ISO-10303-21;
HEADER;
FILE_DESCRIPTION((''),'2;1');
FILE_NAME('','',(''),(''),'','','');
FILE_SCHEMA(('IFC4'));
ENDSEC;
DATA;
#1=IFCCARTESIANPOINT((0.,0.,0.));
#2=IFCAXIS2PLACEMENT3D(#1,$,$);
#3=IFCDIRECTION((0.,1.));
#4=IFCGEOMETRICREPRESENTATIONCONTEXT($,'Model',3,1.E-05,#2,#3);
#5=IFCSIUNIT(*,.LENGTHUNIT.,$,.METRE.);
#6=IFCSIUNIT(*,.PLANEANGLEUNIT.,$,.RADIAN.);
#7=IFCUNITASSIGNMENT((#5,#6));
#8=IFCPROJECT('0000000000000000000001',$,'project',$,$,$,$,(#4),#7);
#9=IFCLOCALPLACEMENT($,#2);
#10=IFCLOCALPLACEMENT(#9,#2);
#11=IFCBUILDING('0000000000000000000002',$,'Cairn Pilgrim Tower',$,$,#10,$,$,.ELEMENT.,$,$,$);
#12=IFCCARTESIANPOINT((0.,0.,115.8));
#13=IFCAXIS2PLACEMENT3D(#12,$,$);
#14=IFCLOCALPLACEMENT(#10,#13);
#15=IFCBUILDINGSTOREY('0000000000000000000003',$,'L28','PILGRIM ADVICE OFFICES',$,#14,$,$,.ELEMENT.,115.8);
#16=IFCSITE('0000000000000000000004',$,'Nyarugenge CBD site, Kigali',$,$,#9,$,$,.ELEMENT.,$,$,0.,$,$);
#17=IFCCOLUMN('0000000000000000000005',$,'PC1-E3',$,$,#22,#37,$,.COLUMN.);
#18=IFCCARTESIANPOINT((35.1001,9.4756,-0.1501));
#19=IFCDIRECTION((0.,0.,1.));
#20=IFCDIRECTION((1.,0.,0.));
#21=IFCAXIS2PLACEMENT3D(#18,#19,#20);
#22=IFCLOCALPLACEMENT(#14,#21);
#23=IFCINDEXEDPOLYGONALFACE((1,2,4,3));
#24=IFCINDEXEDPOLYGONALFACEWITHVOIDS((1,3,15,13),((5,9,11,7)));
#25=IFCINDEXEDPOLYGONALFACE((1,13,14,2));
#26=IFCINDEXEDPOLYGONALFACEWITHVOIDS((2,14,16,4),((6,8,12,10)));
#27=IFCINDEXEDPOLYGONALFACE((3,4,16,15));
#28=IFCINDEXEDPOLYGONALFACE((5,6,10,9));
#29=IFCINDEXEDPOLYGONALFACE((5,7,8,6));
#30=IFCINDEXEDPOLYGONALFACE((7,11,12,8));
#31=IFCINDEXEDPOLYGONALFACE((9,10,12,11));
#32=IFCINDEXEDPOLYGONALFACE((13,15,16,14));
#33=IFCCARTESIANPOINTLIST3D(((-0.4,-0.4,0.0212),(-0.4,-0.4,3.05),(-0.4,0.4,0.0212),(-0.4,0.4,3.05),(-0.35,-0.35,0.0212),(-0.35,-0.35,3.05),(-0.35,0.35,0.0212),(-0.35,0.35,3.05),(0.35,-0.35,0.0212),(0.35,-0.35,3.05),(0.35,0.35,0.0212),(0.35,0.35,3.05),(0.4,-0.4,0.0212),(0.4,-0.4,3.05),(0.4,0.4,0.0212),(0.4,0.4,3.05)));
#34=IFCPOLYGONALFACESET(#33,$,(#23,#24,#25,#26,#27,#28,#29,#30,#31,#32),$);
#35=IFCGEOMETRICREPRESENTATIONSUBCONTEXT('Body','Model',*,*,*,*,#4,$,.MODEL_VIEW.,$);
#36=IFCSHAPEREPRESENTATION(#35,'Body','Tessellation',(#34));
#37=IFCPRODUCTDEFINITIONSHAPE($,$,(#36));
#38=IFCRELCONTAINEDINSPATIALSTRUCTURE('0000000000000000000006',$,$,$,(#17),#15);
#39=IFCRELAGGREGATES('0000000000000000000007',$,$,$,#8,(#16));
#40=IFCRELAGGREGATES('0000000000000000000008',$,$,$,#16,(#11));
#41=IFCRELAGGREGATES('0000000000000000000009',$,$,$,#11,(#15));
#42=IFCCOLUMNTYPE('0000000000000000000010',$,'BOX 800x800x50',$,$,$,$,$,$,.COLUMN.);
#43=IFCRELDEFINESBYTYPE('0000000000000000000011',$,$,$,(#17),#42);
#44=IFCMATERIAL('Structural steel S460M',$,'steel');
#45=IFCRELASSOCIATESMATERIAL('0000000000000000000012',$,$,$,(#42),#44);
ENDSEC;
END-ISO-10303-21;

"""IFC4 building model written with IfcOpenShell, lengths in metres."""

from ifc_helpers import new_model, si_unit, direction, frame, origin, origin_2d, place, context, subcontext, project, spatial, hollow_rectangle, extrude, clip, halfspace, material, material_profile, profile_set, type_object, element, save


model = new_model("IFC4")

# Units and contexts
model_context = context("Model", 3, precision=1e-05, world=origin(), true_north=direction((0.0, 1.0)))
body_context = subcontext(model_context, "Body", "Model", "MODEL_VIEW")
ifc_project = project(units=[si_unit("LENGTHUNIT", "METRE"), si_unit("PLANEANGLEUNIT", "RADIAN")], contexts=[model_context])

# Site, building, storey
site_placement = place(None, origin())
site = spatial("IfcSite", under=ifc_project, at=site_placement, Name="Nyarugenge CBD site, Kigali", CompositionType="ELEMENT", RefElevation=0.0)
building_placement = place(site_placement, origin())
building = spatial("IfcBuilding", under=site, at=building_placement, Name="Cairn Pilgrim Tower", CompositionType="ELEMENT")
storey_placement = place(building_placement, frame((0.0, 0.0, 115.8)))
storey = spatial("IfcBuildingStorey", under=building, at=storey_placement, Name="L28", Description="PILGRIM ADVICE OFFICES", CompositionType="ELEMENT", Elevation=115.8)

# Column
ifc_material_1 = material(Name="Structural steel S460M", Category="steel")
ifc_material_profile_1 = material_profile(ifc_material_1, hollow_rectangle(XDim=0.8, YDim=0.8, WallThickness=0.05, at=origin_2d()), Name="BOX 800x800x50")
ifc_profile_set_1 = profile_set([ifc_material_profile_1], Name="Structural steel S460M")
column_type_1 = type_object("IfcColumnType", Name="BOX 800x800x50", PredefinedType="COLUMN", material=ifc_profile_set_1)
column_placement = place(storey_placement, frame((35.1001, 9.4756, -0.1501), z_axis=(0.0, 0.0, 1.0), x_axis=(1.0, 0.0, 0.0)))
element("IfcColumn", 1, at=column_placement, inside=storey, type_object=column_type_1, Name="PC1-E3", PredefinedType="COLUMN", context=body_context, shape_type="Clipping", body=[
    clip(clip(extrude(hollow_rectangle(XDim=0.8, YDim=0.8, WallThickness=0.05, at=origin_2d()), origin(), (0.0, 0.0, 1.0), 3.5), halfspace(frame((0.0, 0.0, 0.0212), z_axis=(0.0, 0.0, 1.0), x_axis=(1.0, 0.0, 0.0)), True)), halfspace(frame((0.0, 0.0, 3.05), z_axis=(0.0, 0.0, 1.0), x_axis=(1.0, 0.0, 0.0)), False)),
])

save(model, "model.ifc")
